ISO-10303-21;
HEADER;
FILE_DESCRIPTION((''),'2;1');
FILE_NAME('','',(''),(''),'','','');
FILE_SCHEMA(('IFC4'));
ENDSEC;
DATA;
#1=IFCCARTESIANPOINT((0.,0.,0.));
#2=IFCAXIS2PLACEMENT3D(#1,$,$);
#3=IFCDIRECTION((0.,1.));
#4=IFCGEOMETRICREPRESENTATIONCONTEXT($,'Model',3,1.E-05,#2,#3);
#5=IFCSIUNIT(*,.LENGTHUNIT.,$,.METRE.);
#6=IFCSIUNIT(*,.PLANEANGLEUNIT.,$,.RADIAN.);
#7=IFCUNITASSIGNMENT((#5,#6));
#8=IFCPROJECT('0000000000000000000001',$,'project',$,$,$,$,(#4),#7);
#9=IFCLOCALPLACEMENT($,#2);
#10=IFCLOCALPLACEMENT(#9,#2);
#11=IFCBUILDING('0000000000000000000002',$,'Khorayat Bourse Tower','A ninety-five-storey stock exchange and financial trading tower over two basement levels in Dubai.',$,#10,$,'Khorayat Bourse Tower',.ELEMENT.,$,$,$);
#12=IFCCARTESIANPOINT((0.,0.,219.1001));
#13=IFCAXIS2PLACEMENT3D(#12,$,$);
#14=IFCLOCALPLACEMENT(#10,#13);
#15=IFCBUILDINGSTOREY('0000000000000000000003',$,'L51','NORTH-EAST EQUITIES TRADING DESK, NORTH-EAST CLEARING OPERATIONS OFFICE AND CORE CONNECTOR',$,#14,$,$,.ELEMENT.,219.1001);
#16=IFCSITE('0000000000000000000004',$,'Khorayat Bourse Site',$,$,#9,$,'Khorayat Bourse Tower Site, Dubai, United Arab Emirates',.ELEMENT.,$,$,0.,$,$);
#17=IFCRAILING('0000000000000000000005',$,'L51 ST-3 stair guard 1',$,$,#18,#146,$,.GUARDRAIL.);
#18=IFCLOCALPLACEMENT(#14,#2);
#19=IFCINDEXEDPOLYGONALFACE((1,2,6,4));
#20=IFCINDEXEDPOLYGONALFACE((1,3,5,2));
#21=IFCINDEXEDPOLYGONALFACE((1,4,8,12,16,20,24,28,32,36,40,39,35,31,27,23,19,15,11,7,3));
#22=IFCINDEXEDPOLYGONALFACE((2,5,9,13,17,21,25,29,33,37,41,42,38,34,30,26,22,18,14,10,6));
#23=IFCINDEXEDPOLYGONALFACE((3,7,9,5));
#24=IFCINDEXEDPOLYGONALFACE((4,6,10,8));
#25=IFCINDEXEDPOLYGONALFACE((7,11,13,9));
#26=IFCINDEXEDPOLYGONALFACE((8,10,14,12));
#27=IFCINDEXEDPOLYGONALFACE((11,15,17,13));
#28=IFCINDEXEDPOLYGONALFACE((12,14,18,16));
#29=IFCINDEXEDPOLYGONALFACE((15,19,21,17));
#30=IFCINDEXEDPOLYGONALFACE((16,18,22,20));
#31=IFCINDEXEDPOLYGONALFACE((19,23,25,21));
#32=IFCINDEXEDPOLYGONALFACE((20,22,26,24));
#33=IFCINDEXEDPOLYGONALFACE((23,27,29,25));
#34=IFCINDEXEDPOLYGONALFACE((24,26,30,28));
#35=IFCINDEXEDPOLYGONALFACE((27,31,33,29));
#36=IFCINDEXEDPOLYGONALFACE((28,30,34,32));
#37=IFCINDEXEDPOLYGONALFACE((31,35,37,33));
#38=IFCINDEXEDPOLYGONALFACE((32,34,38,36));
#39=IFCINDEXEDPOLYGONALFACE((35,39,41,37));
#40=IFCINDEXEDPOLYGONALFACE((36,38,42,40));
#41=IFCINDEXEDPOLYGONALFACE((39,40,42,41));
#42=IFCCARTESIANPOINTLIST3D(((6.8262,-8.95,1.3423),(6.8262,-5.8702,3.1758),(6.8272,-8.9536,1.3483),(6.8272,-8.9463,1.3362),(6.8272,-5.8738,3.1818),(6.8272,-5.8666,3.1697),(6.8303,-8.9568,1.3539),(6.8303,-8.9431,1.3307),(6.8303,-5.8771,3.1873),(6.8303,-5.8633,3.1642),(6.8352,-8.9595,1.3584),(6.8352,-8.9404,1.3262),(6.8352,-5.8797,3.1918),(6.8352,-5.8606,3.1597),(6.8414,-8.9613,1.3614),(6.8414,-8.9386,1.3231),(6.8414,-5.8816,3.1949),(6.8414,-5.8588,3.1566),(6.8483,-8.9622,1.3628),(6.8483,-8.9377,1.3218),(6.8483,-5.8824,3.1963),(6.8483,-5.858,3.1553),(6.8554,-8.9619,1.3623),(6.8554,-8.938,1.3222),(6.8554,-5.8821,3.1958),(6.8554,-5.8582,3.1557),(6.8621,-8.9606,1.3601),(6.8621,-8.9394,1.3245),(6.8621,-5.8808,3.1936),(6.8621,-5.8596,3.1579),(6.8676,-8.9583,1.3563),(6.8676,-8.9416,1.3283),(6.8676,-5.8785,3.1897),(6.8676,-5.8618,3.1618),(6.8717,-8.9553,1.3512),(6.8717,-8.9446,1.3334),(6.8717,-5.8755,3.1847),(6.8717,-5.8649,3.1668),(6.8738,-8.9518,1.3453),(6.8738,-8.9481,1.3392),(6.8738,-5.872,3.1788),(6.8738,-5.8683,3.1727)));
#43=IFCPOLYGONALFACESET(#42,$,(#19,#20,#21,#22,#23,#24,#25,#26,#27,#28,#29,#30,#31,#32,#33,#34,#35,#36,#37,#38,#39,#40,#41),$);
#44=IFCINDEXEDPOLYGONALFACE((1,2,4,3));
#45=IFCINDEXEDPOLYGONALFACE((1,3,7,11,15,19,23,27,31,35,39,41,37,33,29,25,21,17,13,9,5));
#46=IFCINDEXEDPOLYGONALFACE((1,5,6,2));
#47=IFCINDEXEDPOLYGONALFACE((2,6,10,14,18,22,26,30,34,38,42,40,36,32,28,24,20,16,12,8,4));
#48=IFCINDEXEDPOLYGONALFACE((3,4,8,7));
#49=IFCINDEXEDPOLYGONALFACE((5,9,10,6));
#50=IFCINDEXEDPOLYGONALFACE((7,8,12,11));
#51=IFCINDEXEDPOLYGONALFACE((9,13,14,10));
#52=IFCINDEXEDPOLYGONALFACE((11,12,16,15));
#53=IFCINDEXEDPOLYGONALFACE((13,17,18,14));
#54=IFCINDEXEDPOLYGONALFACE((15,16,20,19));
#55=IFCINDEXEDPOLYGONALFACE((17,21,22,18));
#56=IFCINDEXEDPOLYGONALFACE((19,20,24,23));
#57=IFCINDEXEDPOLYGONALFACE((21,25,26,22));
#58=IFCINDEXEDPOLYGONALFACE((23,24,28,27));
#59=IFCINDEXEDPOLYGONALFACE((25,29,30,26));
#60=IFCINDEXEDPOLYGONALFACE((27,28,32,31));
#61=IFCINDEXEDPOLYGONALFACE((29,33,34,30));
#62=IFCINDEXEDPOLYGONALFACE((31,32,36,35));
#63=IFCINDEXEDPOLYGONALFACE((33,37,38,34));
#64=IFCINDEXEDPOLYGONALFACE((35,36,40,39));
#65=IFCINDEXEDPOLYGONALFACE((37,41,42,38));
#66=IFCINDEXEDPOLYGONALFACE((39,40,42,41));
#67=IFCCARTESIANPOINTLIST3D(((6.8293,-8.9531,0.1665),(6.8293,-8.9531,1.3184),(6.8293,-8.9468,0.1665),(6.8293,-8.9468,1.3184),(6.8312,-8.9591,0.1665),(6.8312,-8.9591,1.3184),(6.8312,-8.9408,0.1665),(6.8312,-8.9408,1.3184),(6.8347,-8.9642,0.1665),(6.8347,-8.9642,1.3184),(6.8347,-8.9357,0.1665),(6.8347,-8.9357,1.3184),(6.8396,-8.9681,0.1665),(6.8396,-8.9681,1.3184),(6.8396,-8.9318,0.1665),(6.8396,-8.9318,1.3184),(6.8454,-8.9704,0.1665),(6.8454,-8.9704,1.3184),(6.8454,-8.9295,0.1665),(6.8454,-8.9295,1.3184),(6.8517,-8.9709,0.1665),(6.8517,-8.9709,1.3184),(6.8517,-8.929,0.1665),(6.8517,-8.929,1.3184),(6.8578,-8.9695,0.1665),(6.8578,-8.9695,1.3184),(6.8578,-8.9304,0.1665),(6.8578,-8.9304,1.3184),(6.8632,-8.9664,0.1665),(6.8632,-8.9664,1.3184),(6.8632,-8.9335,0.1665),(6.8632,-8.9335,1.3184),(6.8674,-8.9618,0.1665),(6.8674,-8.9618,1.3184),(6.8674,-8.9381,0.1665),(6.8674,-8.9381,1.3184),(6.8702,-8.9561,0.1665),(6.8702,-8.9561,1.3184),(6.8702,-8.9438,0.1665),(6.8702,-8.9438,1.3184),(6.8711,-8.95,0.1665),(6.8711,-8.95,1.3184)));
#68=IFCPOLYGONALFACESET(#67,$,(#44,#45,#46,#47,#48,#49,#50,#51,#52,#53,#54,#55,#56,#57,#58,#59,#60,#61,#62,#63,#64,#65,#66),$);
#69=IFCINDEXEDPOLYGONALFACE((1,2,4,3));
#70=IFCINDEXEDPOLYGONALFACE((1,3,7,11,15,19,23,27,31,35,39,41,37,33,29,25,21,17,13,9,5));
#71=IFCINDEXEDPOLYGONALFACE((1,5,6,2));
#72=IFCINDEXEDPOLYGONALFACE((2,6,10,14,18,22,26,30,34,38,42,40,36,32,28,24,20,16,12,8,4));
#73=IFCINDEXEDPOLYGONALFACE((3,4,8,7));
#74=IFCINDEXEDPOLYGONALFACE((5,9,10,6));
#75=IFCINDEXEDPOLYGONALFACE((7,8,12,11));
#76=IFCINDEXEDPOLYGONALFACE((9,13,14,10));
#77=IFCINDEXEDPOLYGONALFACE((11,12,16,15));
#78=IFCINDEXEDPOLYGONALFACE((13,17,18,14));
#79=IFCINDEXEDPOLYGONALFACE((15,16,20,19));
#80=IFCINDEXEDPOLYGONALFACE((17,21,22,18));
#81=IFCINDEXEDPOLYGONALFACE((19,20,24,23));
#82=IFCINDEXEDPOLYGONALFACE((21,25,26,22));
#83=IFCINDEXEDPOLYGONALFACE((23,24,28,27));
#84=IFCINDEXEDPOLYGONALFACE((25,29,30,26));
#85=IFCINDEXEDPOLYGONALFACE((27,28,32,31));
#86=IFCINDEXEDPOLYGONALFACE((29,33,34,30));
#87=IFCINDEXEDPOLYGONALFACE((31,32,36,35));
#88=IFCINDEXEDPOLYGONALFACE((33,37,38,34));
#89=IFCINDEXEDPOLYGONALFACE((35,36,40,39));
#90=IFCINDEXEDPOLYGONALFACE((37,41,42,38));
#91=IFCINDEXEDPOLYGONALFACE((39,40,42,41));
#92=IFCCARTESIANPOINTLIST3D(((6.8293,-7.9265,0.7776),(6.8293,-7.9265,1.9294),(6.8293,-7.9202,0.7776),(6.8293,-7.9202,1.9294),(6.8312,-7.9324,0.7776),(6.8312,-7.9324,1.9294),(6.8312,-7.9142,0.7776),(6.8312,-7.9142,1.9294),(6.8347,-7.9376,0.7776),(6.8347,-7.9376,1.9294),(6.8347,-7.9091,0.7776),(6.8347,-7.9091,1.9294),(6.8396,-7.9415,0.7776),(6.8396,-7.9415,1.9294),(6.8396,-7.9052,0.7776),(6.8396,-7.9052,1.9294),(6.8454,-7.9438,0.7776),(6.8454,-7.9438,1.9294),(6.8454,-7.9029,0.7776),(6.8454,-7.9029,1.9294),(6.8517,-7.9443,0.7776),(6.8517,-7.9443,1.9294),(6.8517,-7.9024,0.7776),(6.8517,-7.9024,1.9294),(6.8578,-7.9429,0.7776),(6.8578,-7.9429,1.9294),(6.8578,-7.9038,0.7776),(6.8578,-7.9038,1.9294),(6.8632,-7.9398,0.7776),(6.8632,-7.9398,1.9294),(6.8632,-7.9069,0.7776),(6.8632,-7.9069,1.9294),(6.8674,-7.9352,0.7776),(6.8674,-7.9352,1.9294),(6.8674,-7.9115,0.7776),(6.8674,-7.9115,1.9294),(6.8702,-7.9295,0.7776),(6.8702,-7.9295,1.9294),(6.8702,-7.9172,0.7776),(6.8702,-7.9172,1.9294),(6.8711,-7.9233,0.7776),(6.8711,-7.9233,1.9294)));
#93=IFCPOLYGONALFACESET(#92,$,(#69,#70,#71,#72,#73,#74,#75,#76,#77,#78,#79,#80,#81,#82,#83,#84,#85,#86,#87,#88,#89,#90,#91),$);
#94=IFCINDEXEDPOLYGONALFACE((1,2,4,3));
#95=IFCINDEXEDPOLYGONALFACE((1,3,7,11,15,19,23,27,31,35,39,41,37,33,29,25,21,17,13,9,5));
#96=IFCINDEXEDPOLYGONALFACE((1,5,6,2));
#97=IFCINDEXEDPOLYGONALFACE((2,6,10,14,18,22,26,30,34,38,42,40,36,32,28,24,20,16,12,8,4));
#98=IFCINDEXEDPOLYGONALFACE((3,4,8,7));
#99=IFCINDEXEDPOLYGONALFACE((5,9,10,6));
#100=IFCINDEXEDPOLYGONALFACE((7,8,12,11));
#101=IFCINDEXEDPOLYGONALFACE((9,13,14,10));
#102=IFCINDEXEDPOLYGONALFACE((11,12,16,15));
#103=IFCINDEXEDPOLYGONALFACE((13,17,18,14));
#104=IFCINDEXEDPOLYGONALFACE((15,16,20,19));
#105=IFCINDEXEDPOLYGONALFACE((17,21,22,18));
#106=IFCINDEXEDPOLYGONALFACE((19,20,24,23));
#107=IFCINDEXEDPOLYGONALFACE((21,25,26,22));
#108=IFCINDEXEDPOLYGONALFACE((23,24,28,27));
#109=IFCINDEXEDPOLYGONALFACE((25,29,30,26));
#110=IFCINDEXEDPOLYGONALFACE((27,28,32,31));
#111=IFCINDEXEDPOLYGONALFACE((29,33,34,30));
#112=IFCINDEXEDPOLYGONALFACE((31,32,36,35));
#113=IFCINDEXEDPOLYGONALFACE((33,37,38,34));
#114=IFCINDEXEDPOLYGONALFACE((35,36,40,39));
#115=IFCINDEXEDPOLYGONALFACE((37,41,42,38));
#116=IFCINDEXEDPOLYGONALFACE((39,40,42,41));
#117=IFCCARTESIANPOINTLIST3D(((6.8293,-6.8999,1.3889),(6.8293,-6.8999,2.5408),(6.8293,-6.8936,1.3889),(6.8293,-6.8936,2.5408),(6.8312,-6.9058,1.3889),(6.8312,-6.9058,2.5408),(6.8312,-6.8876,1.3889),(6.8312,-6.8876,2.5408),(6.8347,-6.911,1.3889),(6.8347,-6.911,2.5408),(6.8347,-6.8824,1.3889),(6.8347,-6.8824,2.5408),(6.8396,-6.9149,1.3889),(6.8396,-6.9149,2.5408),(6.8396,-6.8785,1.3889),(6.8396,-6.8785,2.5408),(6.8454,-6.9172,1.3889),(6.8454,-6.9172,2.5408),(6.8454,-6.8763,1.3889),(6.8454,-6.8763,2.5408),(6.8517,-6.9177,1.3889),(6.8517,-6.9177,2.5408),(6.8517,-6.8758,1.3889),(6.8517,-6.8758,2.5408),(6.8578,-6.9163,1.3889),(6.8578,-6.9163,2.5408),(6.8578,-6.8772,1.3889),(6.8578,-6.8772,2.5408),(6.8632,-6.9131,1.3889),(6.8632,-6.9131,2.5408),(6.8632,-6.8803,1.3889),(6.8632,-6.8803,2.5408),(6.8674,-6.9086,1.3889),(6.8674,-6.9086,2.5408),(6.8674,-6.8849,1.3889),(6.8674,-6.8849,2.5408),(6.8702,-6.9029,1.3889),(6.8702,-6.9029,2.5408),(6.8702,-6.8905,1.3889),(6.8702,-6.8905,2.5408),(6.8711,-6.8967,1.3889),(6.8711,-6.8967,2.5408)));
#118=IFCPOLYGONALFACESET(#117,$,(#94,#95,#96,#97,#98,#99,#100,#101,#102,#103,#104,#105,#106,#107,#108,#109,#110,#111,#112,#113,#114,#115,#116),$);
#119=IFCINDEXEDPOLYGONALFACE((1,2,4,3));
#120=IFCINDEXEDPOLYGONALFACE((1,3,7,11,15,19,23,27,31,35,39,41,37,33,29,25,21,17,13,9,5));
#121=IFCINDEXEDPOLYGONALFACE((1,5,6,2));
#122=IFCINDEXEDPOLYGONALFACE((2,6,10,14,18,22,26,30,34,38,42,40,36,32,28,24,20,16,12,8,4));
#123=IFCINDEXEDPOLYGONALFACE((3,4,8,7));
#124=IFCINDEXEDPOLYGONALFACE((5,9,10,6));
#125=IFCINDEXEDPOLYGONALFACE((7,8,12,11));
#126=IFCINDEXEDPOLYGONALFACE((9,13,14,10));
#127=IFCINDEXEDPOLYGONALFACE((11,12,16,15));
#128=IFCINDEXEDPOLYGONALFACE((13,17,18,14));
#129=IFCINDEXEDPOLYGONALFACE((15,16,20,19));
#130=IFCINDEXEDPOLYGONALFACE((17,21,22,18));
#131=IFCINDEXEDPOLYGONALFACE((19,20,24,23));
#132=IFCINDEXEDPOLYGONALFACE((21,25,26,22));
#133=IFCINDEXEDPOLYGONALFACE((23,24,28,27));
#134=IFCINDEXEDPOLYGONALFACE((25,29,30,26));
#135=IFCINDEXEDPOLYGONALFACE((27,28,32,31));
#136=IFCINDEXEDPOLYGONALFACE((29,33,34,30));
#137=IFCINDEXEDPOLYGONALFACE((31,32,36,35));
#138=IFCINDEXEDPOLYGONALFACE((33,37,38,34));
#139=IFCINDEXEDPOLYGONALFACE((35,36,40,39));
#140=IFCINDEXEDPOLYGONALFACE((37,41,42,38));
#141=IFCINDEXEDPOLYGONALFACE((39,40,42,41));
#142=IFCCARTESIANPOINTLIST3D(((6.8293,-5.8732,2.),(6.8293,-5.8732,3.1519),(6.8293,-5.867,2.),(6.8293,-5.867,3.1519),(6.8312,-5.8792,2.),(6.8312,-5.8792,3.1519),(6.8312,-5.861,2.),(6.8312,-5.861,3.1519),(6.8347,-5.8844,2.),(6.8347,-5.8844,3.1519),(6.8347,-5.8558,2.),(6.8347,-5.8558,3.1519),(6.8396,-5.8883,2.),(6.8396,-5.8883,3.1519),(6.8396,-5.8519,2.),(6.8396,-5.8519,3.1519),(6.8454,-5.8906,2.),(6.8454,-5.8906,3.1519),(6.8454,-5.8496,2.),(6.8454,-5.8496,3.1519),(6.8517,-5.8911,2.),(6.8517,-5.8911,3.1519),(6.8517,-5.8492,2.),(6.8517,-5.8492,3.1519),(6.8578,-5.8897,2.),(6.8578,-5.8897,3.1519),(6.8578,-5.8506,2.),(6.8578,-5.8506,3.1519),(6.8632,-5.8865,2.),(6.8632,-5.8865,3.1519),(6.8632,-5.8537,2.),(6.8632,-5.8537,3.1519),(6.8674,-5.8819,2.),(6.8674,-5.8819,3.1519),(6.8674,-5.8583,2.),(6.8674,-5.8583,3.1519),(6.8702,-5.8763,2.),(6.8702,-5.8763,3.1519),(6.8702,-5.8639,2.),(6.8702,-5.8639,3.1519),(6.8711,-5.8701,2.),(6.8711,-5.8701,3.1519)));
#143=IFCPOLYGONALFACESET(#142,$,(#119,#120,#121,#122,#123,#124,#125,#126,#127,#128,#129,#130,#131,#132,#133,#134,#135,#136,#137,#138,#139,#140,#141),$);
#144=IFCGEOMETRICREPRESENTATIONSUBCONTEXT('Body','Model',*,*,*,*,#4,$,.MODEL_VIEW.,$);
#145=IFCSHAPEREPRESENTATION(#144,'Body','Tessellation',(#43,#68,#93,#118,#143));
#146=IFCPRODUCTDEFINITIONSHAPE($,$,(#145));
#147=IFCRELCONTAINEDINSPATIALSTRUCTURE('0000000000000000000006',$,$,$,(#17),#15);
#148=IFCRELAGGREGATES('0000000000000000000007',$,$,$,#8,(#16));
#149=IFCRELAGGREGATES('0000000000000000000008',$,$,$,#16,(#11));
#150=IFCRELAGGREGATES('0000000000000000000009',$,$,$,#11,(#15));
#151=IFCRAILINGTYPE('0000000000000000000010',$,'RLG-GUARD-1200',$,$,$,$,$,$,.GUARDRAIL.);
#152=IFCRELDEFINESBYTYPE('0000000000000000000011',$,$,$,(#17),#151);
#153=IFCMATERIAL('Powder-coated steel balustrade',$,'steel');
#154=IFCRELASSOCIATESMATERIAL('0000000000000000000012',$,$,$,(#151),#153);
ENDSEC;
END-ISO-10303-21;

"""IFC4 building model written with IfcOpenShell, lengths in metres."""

from ifc_helpers import new_model, si_unit, direction, frame, origin, origin_2d, place, context, subcontext, project, spatial, circle, extrude, source, transform, mapped, material, type_object, element, save


model = new_model("IFC4")

# Units and contexts
model_context = context("Model", 3, precision=1e-05, world=origin(), true_north=direction((0.0, 1.0)))
body_context = subcontext(model_context, "Body", "Model", "MODEL_VIEW")
ifc_project = project(units=[si_unit("LENGTHUNIT", "METRE"), si_unit("PLANEANGLEUNIT", "RADIAN")], contexts=[model_context])

# Site, building, storey
site_placement = place(None, origin())
site = spatial("IfcSite", under=ifc_project, at=site_placement, Name="Khorayat Bourse Site", LongName="Khorayat Bourse Tower Site, Dubai, United Arab Emirates", CompositionType="ELEMENT", RefElevation=0.0)
building_placement = place(site_placement, origin())
building = spatial("IfcBuilding", under=site, at=building_placement, Name="Khorayat Bourse Tower", Description="A ninety-five-storey stock exchange and financial trading tower over two basement levels in Dubai.", LongName="Khorayat Bourse Tower", CompositionType="ELEMENT")
storey_placement = place(building_placement, frame((0.0, 0.0, 219.1001)))
storey = spatial("IfcBuildingStorey", under=building, at=storey_placement, Name="L51", Description="NORTH-EAST EQUITIES TRADING DESK, NORTH-EAST CLEARING OPERATIONS OFFICE AND CORE CONNECTOR", CompositionType="ELEMENT", Elevation=219.1001)

# Railing
ifc_material_1 = material(Name="Powder-coated steel balustrade", Category="steel")
railing_type_1 = type_object("IfcRailingType", Name="RLG-GUARD-1200", PredefinedType="GUARDRAIL", material=ifc_material_1)
shared_shape_1 = source(origin(), body_context, "Body", "SweptSolid", [
    extrude(circle(Radius=0.0239, at=origin_2d()), frame((0.0, 0.0, 1.1758), z_axis=(0.0, 0.859261, 0.511538), x_axis=(-1.0, 0.0, 0.0)), (0.0, 0.0, 1.0), 3.5842),
    extrude(circle(Radius=0.021, at=origin_2d()), origin(), (0.0, 0.0, 1.0), 1.1519),
    extrude(circle(Radius=0.021, at=origin_2d()), frame((0.0, 1.0266, 0.6111)), (0.0, 0.0, 1.0), 1.1519),
    extrude(circle(Radius=0.021, at=origin_2d()), frame((0.0, 2.0532, 1.2224)), (0.0, 0.0, 1.0), 1.1519),
    extrude(circle(Radius=0.021, at=origin_2d()), frame((0.0, 3.0798, 1.8335)), (0.0, 0.0, 1.0), 1.1519),
])
railing_1_placement = place(storey_placement, frame((6.8501, -8.95, 0.1665)))
element("IfcRailing", 1, at=railing_1_placement, inside=storey, type_object=railing_type_1, Name="L51 ST-3 stair guard 1", PredefinedType="GUARDRAIL", context=body_context, shape_type="MappedRepresentation", body=[
    mapped(shared_shape_1, transform((0.0, 0.0, 0.0), scale=1.0)),
])

save(model, "model.ifc")
